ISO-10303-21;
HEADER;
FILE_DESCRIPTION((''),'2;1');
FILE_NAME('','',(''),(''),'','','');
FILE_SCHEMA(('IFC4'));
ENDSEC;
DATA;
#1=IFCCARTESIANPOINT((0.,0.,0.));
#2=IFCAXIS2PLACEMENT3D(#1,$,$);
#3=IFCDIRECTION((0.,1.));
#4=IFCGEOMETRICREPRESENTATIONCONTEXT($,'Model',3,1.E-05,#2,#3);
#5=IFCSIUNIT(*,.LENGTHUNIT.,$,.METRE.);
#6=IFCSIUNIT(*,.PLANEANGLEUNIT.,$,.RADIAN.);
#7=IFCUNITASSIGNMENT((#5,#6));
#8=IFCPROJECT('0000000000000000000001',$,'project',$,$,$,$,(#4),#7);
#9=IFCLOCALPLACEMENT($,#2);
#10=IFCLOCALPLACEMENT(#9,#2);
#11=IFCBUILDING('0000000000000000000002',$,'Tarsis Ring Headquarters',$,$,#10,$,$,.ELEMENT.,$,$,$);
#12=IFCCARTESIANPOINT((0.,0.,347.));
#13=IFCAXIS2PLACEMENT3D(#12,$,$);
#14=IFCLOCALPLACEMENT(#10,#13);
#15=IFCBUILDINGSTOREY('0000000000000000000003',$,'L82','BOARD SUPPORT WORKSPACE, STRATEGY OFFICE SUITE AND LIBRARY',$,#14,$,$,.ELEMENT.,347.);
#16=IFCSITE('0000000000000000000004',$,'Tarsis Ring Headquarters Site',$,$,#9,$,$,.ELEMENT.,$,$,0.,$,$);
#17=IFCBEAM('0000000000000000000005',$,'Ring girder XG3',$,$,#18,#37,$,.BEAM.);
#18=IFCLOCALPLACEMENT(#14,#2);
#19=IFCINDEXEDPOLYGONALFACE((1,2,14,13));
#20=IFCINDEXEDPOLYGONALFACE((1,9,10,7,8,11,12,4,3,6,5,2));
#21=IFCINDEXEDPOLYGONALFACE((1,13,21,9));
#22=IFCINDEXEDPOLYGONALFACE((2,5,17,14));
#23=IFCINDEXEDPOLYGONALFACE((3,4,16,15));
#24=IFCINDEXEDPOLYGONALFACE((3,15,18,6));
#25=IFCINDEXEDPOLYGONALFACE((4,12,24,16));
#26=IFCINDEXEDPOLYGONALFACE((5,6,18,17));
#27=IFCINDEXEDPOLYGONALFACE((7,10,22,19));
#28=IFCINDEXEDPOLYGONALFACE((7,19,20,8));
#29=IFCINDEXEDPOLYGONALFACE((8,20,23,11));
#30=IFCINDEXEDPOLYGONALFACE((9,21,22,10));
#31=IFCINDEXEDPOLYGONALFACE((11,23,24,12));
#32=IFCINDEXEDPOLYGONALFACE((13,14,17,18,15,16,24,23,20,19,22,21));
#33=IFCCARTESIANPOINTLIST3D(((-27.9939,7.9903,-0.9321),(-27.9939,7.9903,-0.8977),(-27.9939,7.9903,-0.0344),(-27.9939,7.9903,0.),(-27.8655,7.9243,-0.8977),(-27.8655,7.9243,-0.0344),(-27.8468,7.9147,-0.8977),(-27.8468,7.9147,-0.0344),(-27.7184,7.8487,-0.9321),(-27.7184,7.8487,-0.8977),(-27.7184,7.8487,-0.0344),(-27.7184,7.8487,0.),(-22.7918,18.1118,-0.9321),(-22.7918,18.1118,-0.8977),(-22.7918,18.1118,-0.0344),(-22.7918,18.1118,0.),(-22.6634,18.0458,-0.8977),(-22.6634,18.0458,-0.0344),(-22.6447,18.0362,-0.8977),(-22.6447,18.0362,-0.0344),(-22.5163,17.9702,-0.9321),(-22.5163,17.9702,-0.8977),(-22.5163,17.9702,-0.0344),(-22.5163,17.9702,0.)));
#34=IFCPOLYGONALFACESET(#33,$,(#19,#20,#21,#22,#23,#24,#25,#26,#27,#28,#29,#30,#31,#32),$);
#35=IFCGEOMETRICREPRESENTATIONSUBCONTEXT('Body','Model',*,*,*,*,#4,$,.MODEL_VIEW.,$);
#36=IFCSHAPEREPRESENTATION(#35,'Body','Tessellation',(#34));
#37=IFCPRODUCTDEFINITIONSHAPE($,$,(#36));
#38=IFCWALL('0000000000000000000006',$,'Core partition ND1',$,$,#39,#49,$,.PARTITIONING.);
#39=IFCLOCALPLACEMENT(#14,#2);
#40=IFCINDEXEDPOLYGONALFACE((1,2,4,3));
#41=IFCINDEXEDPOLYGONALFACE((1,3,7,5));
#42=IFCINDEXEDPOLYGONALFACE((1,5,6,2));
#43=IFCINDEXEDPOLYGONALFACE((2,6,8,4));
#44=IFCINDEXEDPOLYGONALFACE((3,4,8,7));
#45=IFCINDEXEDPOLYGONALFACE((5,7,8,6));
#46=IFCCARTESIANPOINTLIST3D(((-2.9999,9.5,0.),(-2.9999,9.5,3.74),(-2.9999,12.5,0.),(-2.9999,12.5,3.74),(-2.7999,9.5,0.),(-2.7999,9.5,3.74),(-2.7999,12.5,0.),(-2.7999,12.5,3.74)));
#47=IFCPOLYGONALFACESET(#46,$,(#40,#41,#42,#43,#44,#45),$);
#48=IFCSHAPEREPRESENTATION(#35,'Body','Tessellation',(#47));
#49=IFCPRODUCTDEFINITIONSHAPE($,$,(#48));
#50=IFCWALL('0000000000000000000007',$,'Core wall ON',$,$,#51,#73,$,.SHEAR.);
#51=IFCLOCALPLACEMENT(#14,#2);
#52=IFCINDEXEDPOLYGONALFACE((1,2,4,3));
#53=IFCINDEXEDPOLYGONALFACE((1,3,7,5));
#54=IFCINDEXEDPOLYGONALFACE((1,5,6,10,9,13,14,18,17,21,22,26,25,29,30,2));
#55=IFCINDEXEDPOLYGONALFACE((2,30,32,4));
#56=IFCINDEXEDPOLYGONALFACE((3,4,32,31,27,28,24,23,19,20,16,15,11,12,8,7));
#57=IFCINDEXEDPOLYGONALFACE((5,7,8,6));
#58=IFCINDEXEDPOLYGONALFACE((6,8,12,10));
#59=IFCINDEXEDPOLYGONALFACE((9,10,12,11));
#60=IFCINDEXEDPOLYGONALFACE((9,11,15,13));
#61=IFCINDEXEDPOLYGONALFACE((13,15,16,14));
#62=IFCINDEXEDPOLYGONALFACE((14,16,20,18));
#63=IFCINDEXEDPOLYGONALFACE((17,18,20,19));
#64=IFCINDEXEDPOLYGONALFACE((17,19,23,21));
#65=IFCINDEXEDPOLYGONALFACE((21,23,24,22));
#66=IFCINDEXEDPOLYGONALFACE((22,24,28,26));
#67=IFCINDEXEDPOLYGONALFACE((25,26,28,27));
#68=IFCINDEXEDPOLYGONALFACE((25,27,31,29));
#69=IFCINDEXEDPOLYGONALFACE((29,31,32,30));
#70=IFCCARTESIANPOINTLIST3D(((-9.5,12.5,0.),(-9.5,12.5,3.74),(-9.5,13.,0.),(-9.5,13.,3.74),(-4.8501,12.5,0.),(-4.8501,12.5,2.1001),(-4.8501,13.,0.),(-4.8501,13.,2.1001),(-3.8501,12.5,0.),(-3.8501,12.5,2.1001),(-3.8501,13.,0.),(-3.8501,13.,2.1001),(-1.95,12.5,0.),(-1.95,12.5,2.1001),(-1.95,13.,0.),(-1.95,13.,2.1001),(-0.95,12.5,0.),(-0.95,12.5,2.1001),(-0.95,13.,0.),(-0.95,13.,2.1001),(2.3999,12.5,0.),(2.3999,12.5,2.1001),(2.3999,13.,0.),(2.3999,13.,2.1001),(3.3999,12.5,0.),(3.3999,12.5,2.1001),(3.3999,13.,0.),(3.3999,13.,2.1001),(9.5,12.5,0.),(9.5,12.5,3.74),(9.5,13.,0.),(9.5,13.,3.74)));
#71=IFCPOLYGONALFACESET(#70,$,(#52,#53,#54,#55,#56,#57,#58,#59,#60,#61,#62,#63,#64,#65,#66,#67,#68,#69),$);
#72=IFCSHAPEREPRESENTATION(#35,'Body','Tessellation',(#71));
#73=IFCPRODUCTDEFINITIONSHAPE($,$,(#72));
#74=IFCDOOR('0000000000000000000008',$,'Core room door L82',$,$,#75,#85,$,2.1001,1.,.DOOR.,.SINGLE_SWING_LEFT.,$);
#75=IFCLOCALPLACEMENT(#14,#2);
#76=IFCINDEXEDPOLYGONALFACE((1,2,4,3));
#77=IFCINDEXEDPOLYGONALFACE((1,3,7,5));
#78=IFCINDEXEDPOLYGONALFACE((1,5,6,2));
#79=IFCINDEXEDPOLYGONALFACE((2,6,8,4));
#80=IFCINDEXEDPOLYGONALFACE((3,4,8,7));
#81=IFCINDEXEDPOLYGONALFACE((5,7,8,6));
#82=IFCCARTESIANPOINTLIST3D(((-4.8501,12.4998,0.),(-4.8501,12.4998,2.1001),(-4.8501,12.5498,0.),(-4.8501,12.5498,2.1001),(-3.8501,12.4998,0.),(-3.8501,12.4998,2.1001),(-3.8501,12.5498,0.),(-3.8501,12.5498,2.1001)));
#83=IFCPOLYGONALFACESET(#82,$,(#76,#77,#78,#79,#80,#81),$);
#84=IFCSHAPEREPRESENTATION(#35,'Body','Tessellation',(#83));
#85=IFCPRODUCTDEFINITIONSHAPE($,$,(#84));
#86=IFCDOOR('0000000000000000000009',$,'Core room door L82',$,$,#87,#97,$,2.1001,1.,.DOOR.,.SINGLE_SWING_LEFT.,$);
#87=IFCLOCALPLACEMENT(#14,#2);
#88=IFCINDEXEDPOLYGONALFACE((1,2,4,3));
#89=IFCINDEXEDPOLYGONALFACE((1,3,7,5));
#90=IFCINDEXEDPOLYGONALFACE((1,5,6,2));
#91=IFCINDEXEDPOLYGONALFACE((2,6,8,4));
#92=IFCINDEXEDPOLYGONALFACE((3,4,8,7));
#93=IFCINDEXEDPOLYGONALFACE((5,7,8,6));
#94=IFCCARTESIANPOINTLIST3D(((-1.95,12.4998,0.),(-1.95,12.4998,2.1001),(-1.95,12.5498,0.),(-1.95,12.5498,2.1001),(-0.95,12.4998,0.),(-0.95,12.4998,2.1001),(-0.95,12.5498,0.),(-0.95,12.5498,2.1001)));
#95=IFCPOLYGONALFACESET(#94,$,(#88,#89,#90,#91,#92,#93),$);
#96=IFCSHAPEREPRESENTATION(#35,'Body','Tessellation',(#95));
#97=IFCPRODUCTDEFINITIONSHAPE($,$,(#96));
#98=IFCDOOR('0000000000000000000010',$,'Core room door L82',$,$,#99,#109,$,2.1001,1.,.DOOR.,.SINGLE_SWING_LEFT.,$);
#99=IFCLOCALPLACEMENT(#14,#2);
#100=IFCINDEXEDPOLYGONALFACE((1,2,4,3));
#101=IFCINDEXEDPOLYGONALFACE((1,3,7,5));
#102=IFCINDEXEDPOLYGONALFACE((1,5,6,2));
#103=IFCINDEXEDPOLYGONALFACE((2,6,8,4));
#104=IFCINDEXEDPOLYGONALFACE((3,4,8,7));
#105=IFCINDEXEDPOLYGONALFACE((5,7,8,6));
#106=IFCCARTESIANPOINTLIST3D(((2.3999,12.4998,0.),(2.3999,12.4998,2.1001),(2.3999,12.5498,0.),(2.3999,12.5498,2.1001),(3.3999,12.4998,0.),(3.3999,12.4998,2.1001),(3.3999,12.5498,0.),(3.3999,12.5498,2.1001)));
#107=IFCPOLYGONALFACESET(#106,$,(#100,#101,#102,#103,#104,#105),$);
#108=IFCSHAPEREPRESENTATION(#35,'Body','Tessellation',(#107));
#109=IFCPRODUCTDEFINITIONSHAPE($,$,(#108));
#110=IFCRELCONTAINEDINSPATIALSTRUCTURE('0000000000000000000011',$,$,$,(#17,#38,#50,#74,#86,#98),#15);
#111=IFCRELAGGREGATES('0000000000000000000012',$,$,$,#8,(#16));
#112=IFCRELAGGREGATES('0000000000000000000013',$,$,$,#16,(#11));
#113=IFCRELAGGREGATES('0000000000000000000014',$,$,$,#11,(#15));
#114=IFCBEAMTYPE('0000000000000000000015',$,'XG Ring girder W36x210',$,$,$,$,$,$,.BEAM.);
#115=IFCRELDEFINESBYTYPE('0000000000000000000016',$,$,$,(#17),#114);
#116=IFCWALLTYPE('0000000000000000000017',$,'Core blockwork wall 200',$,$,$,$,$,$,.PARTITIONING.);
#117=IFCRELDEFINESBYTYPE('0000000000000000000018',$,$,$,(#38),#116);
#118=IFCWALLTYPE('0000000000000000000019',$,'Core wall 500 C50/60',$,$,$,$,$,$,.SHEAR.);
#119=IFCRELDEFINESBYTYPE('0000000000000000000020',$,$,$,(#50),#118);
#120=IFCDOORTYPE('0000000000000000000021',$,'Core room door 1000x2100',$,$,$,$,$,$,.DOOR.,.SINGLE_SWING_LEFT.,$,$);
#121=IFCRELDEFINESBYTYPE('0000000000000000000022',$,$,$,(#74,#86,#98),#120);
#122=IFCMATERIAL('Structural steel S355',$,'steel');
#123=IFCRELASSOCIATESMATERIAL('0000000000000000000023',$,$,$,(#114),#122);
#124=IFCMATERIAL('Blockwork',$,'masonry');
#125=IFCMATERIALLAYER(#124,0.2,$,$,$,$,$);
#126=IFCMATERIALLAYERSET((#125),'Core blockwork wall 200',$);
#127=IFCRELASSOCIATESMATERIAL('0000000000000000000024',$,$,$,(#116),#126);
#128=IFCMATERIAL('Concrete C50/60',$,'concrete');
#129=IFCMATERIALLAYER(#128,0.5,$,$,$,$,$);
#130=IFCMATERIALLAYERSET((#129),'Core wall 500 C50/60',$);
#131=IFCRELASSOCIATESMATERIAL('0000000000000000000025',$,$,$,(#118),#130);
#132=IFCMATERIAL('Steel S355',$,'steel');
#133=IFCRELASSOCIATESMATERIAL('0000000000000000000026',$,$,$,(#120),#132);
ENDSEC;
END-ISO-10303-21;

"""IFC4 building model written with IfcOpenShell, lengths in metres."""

from ifc_helpers import new_model, si_unit, direction, frame, frame_2d, origin, origin_2d, place, context, subcontext, project, spatial, rectangle, i_section, extrude, material, layer, layer_set, material_profile, profile_set, type_object, element, fill, save


model = new_model("IFC4")

# Units and contexts
model_context = context("Model", 3, precision=1e-05, world=origin(), true_north=direction((0.0, 1.0)))
body_context = subcontext(model_context, "Body", "Model", "MODEL_VIEW")
ifc_project = project(units=[si_unit("LENGTHUNIT", "METRE"), si_unit("PLANEANGLEUNIT", "RADIAN")], contexts=[model_context])

# Site, building, storey
site_placement = place(None, origin())
site = spatial("IfcSite", under=ifc_project, at=site_placement, Name="Tarsis Ring Headquarters Site", CompositionType="ELEMENT", RefElevation=0.0)
building_placement = place(site_placement, origin())
building = spatial("IfcBuilding", under=site, at=building_placement, Name="Tarsis Ring Headquarters", CompositionType="ELEMENT")
storey_placement = place(building_placement, frame((0.0, 0.0, 347.0)))
storey = spatial("IfcBuildingStorey", under=building, at=storey_placement, Name="L82", Description="BOARD SUPPORT WORKSPACE, STRATEGY OFFICE SUITE AND LIBRARY", CompositionType="ELEMENT", Elevation=347.0)

# Beam
ifc_material_1 = material(Name="Structural steel S355", Category="steel")
ifc_material_profile_1 = material_profile(ifc_material_1, i_section(OverallWidth=0.3098, OverallDepth=0.9321, WebThickness=0.021, FlangeThickness=0.0344, at=origin_2d()), Name="W36x210")
ifc_profile_set_1 = profile_set([ifc_material_profile_1], Name="Structural steel S355")
beam_type = type_object("IfcBeamType", Name="XG Ring girder W36x210", PredefinedType="BEAM", material=ifc_profile_set_1)
beam_placement = place(storey_placement, frame((-22.6541, 18.041, -0.4661), z_axis=(-0.457123, -0.889403, 0.0), x_axis=(0.889403, -0.457123, 0.0)))
element("IfcBeam", 1, at=beam_placement, inside=storey, type_object=beam_type, Name="Ring girder XG3", PredefinedType="BEAM", context=body_context, shape_type="SweptSolid", body=[
    extrude(i_section(OverallWidth=0.3098, OverallDepth=0.9321, WebThickness=0.021, FlangeThickness=0.0344, at=origin_2d()), origin(), (0.0, 0.0, 1.0), 11.3801),
])

# Wall
ifc_material_2 = material(Name="Blockwork", Category="masonry")
ifc_layer_1 = layer(ifc_material_2, 0.2)
ifc_layer_set_1 = layer_set([ifc_layer_1], Name="Core blockwork wall 200")
wall_type_1 = type_object("IfcWallType", Name="Core blockwork wall 200", PredefinedType="PARTITIONING", material=ifc_layer_set_1)
wall_1_placement = place(storey_placement, frame((-2.8999, 9.5, 0.0), z_axis=(0.0, 0.0, 1.0), x_axis=(0.0, 1.0, 0.0)))
element("IfcWall", 2, at=wall_1_placement, inside=storey, type_object=wall_type_1, Name="Core partition ND1", PredefinedType="PARTITIONING", context=body_context, shape_type="SweptSolid", body=[
    extrude(rectangle(XDim=3.0, YDim=0.2, at=frame_2d((1.5, 0.0))), origin(), (0.0, 0.0, 1.0), 3.74),
])

# Wall, openings, doors
ifc_material_3 = material(Name="Concrete C50/60", Category="concrete")
ifc_layer_2 = layer(ifc_material_3, 0.5)
ifc_layer_set_2 = layer_set([ifc_layer_2], Name="Core wall 500 C50/60")
wall_type_2 = type_object("IfcWallType", Name="Core wall 500 C50/60", PredefinedType="SHEAR", material=ifc_layer_set_2)
wall_2_placement = place(storey_placement, frame((-9.5, 12.75, 0.0), z_axis=(0.0, 0.0, 1.0), x_axis=(1.0, 0.0, 0.0)))
wall_2 = element("IfcWall", 3, at=wall_2_placement, inside=storey, type_object=wall_type_2, Name="Core wall ON", PredefinedType="SHEAR", context=body_context, shape_type="SweptSolid", body=[
    extrude(rectangle(XDim=19.0, YDim=0.5, at=frame_2d((9.5, 0.0))), origin(), (0.0, 0.0, 1.0), 3.74),
])
opening_1_placement = place(wall_2_placement, frame((4.6499, 0.0, 0.0)))
opening_1 = element("IfcOpeningElement", 4, at=opening_1_placement, cuts=wall_2, PredefinedType="OPENING", context=body_context, shape_type="SweptSolid", body=[
    extrude(rectangle(XDim=1.0, YDim=2.1001, at=frame_2d((0.5, 1.05))), frame((0.0, 0.26, 0.0), z_axis=(0.0, -1.0, 0.0), x_axis=(1.0, 0.0, 0.0)), (0.0, 0.0, 1.0), 0.52),
])
opening_2_placement = place(wall_2_placement, frame((7.55, 0.0, 0.0)))
opening_2 = element("IfcOpeningElement", 5, at=opening_2_placement, cuts=wall_2, PredefinedType="OPENING", context=body_context, shape_type="SweptSolid", body=[
    extrude(rectangle(XDim=1.0, YDim=2.1001, at=frame_2d((0.5, 1.05))), frame((0.0, 0.26, 0.0), z_axis=(0.0, -1.0, 0.0), x_axis=(1.0, 0.0, 0.0)), (0.0, 0.0, 1.0), 0.52),
])
opening_3_placement = place(wall_2_placement, frame((11.8999, 0.0, 0.0)))
opening_3 = element("IfcOpeningElement", 6, at=opening_3_placement, cuts=wall_2, PredefinedType="OPENING", context=body_context, shape_type="SweptSolid", body=[
    extrude(rectangle(XDim=1.0, YDim=2.1001, at=frame_2d((0.5, 1.05))), frame((0.0, 0.26, 0.0), z_axis=(0.0, -1.0, 0.0), x_axis=(1.0, 0.0, 0.0)), (0.0, 0.0, 1.0), 0.52),
])
ifc_material_4 = material(Name="Steel S355", Category="steel")
door_type_1 = type_object("IfcDoorType", Name="Core room door 1000x2100", OperationType="SINGLE_SWING_LEFT", PredefinedType="DOOR", material=ifc_material_4)
door_1_placement = place(opening_1_placement, origin())
door_1 = element("IfcDoor", 7, at=door_1_placement, inside=storey, type_object=door_type_1, Name="Core room door L82", OperationType="SINGLE_SWING_LEFT", OverallHeight=2.1001, OverallWidth=1.0, PredefinedType="DOOR", context=body_context, shape_type="SweptSolid", body=[
    extrude(rectangle(XDim=1.0, YDim=2.1001, at=frame_2d((0.5, 1.05))), frame((0.0, -0.2002, 0.0), z_axis=(0.0, -1.0, 0.0), x_axis=(1.0, 0.0, 0.0)), (0.0, 0.0, 1.0), 0.05),
])
fill(opening_1, door_1)
door_2_placement = place(opening_2_placement, origin())
door_2 = element("IfcDoor", 8, at=door_2_placement, inside=storey, type_object=door_type_1, Name="Core room door L82", OperationType="SINGLE_SWING_LEFT", OverallHeight=2.1001, OverallWidth=1.0, PredefinedType="DOOR", context=body_context, shape_type="SweptSolid", body=[
    extrude(rectangle(XDim=1.0, YDim=2.1001, at=frame_2d((0.5, 1.05))), frame((0.0, -0.2002, 0.0), z_axis=(0.0, -1.0, 0.0), x_axis=(1.0, 0.0, 0.0)), (0.0, 0.0, 1.0), 0.05),
])
fill(opening_2, door_2)
door_3_placement = place(opening_3_placement, origin())
door_3 = element("IfcDoor", 9, at=door_3_placement, inside=storey, type_object=door_type_1, Name="Core room door L82", OperationType="SINGLE_SWING_LEFT", OverallHeight=2.1001, OverallWidth=1.0, PredefinedType="DOOR", context=body_context, shape_type="SweptSolid", body=[
    extrude(rectangle(XDim=1.0, YDim=2.1001, at=frame_2d((0.5, 1.05))), frame((0.0, -0.2002, 0.0), z_axis=(0.0, -1.0, 0.0), x_axis=(1.0, 0.0, 0.0)), (0.0, 0.0, 1.0), 0.05),
])
fill(opening_3, door_3)

save(model, "model.ifc")
